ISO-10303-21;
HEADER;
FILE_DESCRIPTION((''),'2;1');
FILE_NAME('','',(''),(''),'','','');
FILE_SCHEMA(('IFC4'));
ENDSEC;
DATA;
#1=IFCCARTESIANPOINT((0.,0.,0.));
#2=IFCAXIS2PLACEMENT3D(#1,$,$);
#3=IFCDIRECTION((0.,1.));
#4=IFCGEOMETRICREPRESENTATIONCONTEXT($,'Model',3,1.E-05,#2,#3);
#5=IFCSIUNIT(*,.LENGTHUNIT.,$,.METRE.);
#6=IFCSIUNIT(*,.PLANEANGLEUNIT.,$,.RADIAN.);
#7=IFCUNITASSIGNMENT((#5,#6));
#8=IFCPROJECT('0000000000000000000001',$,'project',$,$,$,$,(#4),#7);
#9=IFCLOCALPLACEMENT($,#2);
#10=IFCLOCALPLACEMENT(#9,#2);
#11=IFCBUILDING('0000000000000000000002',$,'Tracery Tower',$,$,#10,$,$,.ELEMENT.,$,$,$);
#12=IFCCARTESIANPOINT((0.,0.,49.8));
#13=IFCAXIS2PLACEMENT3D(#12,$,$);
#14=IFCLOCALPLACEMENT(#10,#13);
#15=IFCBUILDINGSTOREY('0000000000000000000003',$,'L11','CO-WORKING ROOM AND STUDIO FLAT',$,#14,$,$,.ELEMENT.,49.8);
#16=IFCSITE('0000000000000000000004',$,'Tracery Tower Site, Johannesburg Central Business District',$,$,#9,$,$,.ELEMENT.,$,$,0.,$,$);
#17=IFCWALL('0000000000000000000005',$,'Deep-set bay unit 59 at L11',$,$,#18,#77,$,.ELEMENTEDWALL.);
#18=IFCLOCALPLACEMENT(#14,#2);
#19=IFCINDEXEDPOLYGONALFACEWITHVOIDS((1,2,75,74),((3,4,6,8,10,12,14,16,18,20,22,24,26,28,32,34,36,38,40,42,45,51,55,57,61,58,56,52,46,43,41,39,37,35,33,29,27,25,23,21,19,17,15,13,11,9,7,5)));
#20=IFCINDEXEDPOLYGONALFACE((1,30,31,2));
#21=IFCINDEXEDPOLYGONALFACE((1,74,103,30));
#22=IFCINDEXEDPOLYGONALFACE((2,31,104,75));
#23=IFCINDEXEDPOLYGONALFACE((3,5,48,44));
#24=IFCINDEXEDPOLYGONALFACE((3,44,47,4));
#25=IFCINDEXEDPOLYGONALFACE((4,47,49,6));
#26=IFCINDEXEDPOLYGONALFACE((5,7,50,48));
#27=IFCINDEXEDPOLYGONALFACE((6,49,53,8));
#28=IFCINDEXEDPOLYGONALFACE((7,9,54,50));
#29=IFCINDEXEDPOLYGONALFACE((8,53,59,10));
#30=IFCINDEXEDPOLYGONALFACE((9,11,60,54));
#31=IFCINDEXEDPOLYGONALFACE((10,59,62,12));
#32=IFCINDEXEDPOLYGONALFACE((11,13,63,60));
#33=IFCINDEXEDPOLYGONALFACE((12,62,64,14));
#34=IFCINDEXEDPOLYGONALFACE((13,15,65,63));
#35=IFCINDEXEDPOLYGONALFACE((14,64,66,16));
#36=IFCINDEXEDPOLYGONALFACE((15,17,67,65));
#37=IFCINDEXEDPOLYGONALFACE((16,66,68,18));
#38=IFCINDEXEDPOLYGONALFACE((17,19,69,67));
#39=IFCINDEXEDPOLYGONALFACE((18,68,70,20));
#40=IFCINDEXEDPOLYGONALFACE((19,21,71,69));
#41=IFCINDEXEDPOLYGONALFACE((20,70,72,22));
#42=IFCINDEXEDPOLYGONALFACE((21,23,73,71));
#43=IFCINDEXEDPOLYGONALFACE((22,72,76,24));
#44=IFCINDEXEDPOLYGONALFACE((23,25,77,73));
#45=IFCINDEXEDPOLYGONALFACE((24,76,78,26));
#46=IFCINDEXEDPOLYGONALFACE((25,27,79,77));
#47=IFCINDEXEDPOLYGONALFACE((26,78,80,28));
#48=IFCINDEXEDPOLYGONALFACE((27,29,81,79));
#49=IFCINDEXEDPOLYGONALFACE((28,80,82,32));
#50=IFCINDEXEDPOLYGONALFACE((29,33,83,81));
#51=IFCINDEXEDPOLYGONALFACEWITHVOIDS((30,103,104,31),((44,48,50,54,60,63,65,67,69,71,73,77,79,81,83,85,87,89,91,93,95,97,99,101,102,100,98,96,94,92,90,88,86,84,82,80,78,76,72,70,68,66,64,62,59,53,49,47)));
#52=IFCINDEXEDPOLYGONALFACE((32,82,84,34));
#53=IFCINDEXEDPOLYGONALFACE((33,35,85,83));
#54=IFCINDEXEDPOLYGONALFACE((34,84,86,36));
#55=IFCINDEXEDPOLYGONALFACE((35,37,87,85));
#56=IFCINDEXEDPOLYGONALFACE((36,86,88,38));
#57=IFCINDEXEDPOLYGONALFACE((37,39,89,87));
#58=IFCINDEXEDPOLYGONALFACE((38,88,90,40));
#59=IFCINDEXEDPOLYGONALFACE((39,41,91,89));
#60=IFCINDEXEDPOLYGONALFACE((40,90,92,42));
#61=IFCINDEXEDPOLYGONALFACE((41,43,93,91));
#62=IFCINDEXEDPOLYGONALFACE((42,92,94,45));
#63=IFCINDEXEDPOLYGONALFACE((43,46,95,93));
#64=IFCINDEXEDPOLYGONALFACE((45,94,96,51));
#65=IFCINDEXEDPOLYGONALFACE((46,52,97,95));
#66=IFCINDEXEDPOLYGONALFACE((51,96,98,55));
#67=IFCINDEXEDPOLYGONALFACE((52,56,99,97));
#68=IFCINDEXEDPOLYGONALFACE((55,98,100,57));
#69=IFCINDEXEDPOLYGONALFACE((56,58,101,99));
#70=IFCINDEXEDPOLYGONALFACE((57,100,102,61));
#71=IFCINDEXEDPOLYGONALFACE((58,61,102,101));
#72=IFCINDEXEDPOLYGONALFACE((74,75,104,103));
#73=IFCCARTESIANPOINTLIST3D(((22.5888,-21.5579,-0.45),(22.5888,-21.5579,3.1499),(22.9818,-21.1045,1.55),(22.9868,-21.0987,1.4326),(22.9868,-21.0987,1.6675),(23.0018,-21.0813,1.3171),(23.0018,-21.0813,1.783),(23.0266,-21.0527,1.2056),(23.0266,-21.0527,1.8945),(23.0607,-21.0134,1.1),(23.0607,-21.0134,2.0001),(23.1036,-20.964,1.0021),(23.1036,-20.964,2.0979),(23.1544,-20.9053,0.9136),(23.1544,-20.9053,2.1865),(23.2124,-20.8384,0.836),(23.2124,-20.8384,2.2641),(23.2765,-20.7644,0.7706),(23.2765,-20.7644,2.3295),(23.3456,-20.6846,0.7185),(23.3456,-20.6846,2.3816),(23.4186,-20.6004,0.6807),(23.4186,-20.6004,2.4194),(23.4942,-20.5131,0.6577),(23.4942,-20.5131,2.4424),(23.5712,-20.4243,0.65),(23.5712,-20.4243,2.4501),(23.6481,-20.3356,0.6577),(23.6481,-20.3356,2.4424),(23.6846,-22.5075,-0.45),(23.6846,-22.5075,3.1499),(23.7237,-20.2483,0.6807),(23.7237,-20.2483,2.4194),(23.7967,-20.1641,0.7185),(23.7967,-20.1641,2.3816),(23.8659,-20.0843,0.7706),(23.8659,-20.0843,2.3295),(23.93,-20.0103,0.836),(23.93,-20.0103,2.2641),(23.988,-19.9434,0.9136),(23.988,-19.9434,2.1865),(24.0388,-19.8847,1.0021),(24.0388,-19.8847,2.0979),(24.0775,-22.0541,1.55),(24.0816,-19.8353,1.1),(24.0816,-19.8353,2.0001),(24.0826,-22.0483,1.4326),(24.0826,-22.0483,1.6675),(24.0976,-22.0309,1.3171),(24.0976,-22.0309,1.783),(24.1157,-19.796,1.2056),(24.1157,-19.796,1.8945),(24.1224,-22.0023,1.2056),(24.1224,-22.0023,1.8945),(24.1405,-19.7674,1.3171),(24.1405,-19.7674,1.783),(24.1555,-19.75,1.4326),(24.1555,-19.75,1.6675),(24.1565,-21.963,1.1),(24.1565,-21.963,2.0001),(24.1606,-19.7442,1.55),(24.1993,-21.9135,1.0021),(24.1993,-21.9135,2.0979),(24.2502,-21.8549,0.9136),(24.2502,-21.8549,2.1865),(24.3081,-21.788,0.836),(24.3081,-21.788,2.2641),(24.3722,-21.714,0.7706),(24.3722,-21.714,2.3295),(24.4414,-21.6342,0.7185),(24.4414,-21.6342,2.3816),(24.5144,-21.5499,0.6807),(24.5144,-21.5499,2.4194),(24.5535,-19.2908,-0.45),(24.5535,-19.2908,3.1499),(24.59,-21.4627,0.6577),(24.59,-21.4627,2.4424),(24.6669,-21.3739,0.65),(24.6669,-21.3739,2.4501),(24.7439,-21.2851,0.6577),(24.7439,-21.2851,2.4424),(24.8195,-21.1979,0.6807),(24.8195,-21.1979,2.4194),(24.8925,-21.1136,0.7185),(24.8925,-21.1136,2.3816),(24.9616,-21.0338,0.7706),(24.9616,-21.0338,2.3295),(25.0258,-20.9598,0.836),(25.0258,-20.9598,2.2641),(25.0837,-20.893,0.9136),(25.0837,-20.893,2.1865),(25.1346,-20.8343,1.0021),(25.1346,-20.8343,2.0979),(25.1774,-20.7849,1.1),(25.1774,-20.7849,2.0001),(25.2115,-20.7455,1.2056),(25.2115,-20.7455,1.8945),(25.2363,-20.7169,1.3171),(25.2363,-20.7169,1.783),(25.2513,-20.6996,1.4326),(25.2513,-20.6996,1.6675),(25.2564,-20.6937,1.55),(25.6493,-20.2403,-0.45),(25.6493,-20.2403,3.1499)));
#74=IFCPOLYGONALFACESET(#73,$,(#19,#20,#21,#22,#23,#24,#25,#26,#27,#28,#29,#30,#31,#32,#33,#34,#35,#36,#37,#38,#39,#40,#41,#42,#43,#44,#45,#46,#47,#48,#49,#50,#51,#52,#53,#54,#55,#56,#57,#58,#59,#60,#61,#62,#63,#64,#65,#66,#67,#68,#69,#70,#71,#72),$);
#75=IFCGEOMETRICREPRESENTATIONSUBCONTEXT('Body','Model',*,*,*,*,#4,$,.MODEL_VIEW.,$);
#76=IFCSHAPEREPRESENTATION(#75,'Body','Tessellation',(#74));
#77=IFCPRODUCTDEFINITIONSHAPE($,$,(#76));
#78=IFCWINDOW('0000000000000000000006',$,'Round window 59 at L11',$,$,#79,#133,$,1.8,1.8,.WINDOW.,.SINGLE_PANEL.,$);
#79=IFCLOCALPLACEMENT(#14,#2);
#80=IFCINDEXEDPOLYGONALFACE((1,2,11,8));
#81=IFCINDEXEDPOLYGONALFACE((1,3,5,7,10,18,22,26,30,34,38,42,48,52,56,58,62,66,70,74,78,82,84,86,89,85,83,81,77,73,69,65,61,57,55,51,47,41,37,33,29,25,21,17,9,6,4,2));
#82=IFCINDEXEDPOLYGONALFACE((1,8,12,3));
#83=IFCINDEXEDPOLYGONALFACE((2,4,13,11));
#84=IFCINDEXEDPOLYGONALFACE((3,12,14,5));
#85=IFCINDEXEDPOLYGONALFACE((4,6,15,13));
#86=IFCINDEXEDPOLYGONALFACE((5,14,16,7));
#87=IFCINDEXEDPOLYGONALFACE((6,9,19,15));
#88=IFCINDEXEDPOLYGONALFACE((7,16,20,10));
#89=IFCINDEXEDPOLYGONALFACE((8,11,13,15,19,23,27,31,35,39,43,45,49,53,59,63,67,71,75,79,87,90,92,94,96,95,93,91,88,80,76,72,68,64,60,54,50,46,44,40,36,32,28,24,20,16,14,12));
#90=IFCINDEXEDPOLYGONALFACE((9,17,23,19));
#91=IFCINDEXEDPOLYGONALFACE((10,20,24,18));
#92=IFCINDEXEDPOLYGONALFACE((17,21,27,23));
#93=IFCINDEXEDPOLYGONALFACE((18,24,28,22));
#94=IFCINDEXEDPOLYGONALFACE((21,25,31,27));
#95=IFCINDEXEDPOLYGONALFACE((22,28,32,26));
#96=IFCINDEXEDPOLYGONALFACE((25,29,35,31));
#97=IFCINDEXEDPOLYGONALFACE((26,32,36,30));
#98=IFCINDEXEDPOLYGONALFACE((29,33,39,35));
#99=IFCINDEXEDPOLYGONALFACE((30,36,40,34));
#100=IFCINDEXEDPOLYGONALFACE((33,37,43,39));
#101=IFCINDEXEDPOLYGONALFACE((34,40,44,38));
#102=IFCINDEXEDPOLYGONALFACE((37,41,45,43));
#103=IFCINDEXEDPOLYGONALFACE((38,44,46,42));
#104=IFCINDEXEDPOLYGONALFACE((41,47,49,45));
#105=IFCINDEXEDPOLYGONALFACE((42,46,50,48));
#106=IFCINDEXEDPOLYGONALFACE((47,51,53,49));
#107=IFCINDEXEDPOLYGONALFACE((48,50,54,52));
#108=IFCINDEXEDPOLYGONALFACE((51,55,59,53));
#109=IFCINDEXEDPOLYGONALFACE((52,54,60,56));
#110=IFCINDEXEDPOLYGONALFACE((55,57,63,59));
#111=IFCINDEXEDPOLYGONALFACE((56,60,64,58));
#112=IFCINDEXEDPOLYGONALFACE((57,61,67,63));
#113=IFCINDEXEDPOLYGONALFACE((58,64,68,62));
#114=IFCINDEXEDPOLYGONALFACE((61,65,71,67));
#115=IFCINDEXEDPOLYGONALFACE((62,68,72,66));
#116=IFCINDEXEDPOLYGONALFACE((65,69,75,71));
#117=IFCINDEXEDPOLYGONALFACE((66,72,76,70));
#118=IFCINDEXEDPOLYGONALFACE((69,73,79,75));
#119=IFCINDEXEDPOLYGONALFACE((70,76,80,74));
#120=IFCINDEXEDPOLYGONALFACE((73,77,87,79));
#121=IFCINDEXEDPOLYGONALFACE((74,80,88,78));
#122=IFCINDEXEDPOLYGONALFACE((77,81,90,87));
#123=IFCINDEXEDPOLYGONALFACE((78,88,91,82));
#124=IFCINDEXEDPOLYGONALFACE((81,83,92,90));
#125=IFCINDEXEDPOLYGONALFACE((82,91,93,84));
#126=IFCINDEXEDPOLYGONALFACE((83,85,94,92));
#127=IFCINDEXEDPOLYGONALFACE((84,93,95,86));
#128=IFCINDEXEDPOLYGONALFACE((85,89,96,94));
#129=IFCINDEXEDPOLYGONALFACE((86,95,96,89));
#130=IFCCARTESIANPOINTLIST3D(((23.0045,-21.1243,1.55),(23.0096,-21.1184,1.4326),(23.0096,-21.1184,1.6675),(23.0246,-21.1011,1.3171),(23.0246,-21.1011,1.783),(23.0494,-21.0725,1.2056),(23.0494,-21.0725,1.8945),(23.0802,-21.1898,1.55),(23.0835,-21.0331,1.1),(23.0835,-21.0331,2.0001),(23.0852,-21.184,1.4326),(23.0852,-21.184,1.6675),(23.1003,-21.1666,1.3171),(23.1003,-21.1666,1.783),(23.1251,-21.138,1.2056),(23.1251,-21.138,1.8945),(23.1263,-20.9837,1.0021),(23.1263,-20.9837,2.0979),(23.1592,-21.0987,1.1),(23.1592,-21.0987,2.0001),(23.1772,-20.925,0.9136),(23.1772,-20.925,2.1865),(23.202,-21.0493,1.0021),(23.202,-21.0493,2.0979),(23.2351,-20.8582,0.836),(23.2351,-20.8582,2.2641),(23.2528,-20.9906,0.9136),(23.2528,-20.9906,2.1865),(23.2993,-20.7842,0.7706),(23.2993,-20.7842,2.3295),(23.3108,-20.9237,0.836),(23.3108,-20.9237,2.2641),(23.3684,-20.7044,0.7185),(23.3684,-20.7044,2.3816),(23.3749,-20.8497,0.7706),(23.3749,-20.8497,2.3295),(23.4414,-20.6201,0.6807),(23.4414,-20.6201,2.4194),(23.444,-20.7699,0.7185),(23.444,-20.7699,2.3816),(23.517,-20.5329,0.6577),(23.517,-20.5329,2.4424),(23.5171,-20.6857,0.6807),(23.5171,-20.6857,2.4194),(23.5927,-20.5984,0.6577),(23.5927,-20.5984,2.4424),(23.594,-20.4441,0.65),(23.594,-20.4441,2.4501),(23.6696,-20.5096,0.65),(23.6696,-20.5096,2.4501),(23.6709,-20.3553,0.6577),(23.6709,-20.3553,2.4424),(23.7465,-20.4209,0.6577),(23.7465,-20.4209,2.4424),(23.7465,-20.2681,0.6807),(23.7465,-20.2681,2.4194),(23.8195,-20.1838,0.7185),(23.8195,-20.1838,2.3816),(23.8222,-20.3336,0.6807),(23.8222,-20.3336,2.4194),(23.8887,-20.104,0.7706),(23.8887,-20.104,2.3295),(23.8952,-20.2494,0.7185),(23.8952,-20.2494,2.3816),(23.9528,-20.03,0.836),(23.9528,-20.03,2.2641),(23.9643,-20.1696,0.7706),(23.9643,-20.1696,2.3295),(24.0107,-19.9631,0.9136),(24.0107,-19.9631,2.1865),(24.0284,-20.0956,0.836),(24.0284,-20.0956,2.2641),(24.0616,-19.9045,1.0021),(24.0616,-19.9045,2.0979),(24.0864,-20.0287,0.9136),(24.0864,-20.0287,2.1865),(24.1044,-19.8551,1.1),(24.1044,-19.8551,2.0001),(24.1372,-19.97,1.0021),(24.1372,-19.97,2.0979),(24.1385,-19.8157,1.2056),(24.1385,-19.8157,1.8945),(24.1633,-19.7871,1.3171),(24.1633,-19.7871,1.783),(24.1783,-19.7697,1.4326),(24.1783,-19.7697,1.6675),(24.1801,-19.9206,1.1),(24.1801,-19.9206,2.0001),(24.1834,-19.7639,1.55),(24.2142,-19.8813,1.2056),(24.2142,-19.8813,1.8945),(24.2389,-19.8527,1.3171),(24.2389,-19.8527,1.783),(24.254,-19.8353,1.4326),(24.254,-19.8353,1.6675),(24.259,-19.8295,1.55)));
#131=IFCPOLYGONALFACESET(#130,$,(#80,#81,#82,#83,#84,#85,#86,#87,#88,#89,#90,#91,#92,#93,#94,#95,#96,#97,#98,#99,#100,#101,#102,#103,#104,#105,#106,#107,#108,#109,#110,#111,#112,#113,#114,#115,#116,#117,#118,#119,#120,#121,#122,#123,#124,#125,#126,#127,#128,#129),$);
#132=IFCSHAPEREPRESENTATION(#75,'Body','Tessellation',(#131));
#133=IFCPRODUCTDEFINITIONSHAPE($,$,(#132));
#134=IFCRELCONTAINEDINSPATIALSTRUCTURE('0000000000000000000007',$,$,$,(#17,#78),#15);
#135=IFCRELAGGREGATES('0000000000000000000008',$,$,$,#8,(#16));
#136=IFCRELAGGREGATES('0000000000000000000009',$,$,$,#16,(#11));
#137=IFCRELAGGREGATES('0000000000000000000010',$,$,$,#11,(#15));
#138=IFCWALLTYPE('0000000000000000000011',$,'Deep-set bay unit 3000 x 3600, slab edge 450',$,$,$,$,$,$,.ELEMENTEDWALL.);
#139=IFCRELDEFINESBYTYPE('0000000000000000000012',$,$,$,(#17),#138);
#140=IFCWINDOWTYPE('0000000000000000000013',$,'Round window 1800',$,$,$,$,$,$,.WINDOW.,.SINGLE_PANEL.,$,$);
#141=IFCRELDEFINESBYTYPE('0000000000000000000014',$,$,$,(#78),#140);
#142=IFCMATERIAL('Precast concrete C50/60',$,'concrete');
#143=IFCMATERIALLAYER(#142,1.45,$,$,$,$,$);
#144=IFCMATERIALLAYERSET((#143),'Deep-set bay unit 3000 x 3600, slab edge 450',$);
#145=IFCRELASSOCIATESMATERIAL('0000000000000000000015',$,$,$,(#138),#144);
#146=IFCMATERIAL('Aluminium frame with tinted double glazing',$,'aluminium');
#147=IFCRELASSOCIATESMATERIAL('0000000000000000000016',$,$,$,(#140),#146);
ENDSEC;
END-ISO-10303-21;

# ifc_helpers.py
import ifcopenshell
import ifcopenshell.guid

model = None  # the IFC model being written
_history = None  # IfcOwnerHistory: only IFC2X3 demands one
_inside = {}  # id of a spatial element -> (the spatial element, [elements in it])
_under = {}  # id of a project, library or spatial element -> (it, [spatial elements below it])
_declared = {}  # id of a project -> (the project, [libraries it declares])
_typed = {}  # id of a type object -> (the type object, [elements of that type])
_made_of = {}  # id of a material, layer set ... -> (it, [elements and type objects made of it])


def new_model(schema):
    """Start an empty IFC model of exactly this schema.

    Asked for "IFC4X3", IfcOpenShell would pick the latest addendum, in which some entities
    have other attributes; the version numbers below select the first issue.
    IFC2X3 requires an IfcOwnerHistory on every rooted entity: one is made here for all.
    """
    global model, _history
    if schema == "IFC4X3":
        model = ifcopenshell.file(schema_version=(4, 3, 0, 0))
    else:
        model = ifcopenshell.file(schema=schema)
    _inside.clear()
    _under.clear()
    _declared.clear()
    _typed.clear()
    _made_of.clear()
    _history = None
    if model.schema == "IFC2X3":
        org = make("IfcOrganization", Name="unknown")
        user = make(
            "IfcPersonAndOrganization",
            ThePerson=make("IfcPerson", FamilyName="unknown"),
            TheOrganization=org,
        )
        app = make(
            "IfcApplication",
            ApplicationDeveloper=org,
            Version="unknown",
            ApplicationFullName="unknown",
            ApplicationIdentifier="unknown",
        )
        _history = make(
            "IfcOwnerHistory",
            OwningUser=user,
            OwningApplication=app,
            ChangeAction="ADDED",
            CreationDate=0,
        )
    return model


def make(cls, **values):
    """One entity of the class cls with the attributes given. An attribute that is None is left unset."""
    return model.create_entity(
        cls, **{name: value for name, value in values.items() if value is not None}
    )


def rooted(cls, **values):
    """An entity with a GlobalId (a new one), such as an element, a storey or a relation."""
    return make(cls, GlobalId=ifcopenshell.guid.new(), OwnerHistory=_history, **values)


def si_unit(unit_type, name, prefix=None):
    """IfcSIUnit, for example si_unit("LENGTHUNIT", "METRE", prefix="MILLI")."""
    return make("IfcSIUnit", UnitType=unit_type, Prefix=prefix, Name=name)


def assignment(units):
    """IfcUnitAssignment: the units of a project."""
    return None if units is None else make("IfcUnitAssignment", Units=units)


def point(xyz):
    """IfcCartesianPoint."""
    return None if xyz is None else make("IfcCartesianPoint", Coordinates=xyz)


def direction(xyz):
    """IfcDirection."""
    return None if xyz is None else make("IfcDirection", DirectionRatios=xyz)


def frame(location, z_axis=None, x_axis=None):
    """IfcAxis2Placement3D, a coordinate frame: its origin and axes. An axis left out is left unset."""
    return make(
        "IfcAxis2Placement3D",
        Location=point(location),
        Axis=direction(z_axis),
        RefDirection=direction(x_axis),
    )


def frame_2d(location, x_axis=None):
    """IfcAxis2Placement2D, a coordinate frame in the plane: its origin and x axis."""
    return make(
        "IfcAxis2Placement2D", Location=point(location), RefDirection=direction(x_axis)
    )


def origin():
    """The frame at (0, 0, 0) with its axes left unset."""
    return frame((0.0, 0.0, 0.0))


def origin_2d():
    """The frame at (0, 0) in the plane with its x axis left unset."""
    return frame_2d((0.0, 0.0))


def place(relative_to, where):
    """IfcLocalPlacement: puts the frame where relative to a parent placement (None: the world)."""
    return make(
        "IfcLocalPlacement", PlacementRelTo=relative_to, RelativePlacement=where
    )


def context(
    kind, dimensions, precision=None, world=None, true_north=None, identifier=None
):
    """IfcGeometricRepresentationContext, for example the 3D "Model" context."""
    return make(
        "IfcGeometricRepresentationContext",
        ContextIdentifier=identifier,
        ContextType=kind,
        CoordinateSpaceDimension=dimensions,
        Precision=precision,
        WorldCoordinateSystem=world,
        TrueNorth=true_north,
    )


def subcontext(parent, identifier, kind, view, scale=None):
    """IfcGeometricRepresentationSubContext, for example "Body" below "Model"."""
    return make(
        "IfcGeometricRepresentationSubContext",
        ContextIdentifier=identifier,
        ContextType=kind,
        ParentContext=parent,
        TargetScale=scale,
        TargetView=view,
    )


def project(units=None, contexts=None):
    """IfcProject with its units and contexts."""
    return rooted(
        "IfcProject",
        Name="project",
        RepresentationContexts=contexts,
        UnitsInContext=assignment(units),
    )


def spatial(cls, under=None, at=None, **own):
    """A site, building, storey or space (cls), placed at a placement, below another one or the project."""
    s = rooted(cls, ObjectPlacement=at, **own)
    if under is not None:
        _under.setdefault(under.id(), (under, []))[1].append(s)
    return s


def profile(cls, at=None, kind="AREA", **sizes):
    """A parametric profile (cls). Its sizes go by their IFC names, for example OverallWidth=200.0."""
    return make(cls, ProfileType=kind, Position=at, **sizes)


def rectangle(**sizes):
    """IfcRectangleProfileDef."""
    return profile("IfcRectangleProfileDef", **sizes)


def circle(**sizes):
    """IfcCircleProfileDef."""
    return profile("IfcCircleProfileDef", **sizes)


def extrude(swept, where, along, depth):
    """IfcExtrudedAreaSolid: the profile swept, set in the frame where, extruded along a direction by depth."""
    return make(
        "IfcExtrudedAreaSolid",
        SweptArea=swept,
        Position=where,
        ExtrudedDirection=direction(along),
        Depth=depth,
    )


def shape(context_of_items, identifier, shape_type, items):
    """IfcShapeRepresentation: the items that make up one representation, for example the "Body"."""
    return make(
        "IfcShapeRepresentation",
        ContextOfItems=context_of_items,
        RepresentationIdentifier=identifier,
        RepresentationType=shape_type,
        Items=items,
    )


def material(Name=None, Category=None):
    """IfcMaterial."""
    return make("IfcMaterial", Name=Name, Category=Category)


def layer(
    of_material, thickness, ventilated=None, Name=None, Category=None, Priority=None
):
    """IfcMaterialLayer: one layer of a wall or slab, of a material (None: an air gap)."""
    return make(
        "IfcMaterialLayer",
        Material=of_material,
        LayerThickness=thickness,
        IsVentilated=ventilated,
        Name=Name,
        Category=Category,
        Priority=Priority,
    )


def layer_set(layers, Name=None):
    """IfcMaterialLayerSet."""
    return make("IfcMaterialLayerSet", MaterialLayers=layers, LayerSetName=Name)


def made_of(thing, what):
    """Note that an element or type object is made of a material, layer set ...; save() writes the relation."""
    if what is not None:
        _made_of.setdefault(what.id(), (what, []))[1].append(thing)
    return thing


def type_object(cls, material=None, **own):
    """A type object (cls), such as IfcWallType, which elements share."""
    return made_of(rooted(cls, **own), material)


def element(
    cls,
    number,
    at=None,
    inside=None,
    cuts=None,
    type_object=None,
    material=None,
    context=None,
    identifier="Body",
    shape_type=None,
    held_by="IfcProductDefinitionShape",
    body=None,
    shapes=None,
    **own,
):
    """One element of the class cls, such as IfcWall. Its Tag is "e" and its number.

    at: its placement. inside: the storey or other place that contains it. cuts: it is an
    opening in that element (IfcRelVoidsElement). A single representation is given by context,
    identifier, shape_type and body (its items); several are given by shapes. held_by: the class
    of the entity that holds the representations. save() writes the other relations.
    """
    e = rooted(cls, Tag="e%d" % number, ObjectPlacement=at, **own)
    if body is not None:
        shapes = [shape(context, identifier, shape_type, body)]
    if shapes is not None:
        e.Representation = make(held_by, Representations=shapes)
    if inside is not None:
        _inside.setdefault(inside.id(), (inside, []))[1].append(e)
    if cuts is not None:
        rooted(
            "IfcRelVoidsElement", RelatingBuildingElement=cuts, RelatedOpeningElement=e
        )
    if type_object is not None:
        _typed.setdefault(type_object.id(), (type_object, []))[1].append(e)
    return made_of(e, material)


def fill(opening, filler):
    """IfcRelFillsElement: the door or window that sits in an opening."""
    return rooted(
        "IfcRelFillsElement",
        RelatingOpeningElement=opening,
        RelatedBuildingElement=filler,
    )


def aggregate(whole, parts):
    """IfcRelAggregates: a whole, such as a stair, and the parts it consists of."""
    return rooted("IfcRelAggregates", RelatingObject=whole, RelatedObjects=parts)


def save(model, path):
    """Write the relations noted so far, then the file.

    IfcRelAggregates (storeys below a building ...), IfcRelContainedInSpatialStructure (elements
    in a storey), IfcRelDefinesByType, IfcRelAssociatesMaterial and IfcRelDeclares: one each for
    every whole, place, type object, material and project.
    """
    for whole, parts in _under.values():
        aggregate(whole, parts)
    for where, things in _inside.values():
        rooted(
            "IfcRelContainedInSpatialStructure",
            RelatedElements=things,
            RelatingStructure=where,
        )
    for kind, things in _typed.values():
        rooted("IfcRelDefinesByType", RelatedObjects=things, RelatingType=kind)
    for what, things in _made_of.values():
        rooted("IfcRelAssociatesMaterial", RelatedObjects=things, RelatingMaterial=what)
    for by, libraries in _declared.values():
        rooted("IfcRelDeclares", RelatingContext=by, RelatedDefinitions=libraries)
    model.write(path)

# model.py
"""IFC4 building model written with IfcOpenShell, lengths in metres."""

from ifc_helpers import new_model, si_unit, direction, frame, frame_2d, origin, origin_2d, place, context, subcontext, project, spatial, rectangle, circle, extrude, material, layer, layer_set, type_object, element, fill, save


model = new_model("IFC4")

# Units and contexts
model_context = context("Model", 3, precision=1e-05, world=origin(), true_north=direction((0.0, 1.0)))
body_context = subcontext(model_context, "Body", "Model", "MODEL_VIEW")
ifc_project = project(units=[si_unit("LENGTHUNIT", "METRE"), si_unit("PLANEANGLEUNIT", "RADIAN")], contexts=[model_context])

# Site, building, storey
site_placement = place(None, origin())
site = spatial("IfcSite", under=ifc_project, at=site_placement, Name="Tracery Tower Site, Johannesburg Central Business District", CompositionType="ELEMENT", RefElevation=0.0)
building_placement = place(site_placement, origin())
building = spatial("IfcBuilding", under=site, at=building_placement, Name="Tracery Tower", CompositionType="ELEMENT")
storey_placement = place(building_placement, frame((0.0, 0.0, 49.8)))
storey = spatial("IfcBuildingStorey", under=building, at=storey_placement, Name="L11", Description="CO-WORKING ROOM AND STUDIO FLAT", CompositionType="ELEMENT", Elevation=49.8)

# Wall, opening, window
ifc_material_1 = material(Name="Precast concrete C50/60", Category="concrete")
ifc_layer_1 = layer(ifc_material_1, 1.45)
ifc_layer_set_1 = layer_set([ifc_layer_1], Name="Deep-set bay unit 3000 x 3600, slab edge 450")
wall_type_1 = type_object("IfcWallType", Name="Deep-set bay unit 3000 x 3600, slab edge 450", PredefinedType="ELEMENTEDWALL", material=ifc_layer_set_1)
ifc_material_2 = material(Name="Aluminium frame with tinted double glazing", Category="aluminium")
window_type = type_object("IfcWindowType", Name="Round window 1800", PartitioningType="SINGLE_PANEL", PredefinedType="WINDOW", material=ifc_material_2)
wall_1_placement = place(storey_placement, frame((23.1367, -22.0327, -0.45), z_axis=(0.0, 0.0, 1.0), x_axis=(0.65489, 0.755724, 0.0)))
wall_1 = element("IfcWall", 1, at=wall_1_placement, inside=storey, type_object=wall_type_1, Name="Deep-set bay unit 59 at L11", PredefinedType="ELEMENTEDWALL", context=body_context, shape_type="SweptSolid", body=[
    extrude(rectangle(XDim=3.0, YDim=1.45, at=frame_2d((1.5, 0.0))), origin(), (0.0, 0.0, 1.0), 3.5999),
])
opening_1_placement = place(wall_1_placement, frame((1.5, 0.0, 2.0)))
opening_1 = element("IfcOpeningElement", 2, at=opening_1_placement, cuts=wall_1, PredefinedType="OPENING", context=body_context, shape_type="SweptSolid", body=[
    extrude(circle(Radius=0.9, at=origin_2d()), frame((0.0, 0.7349, 0.0), z_axis=(0.0, -1.0, 0.0), x_axis=(1.0, 0.0, 0.0)), (0.0, 0.0, 1.0), 1.47),
])
window_1_placement = place(opening_1_placement, origin())
window_1 = element("IfcWindow", 3, at=window_1_placement, inside=storey, type_object=window_type, Name="Round window 59 at L11", OverallHeight=1.8, OverallWidth=1.8, PartitioningType="SINGLE_PANEL", PredefinedType="WINDOW", context=body_context, shape_type="SweptSolid", body=[
    extrude(circle(Radius=0.9, at=origin_2d()), frame((0.0, 0.6948, 0.0), z_axis=(0.0, -1.0, 0.0), x_axis=(1.0, 0.0, 0.0)), (0.0, 0.0, 1.0), 0.1001),
])
fill(opening_1, window_1)

save(model, "model.ifc")
